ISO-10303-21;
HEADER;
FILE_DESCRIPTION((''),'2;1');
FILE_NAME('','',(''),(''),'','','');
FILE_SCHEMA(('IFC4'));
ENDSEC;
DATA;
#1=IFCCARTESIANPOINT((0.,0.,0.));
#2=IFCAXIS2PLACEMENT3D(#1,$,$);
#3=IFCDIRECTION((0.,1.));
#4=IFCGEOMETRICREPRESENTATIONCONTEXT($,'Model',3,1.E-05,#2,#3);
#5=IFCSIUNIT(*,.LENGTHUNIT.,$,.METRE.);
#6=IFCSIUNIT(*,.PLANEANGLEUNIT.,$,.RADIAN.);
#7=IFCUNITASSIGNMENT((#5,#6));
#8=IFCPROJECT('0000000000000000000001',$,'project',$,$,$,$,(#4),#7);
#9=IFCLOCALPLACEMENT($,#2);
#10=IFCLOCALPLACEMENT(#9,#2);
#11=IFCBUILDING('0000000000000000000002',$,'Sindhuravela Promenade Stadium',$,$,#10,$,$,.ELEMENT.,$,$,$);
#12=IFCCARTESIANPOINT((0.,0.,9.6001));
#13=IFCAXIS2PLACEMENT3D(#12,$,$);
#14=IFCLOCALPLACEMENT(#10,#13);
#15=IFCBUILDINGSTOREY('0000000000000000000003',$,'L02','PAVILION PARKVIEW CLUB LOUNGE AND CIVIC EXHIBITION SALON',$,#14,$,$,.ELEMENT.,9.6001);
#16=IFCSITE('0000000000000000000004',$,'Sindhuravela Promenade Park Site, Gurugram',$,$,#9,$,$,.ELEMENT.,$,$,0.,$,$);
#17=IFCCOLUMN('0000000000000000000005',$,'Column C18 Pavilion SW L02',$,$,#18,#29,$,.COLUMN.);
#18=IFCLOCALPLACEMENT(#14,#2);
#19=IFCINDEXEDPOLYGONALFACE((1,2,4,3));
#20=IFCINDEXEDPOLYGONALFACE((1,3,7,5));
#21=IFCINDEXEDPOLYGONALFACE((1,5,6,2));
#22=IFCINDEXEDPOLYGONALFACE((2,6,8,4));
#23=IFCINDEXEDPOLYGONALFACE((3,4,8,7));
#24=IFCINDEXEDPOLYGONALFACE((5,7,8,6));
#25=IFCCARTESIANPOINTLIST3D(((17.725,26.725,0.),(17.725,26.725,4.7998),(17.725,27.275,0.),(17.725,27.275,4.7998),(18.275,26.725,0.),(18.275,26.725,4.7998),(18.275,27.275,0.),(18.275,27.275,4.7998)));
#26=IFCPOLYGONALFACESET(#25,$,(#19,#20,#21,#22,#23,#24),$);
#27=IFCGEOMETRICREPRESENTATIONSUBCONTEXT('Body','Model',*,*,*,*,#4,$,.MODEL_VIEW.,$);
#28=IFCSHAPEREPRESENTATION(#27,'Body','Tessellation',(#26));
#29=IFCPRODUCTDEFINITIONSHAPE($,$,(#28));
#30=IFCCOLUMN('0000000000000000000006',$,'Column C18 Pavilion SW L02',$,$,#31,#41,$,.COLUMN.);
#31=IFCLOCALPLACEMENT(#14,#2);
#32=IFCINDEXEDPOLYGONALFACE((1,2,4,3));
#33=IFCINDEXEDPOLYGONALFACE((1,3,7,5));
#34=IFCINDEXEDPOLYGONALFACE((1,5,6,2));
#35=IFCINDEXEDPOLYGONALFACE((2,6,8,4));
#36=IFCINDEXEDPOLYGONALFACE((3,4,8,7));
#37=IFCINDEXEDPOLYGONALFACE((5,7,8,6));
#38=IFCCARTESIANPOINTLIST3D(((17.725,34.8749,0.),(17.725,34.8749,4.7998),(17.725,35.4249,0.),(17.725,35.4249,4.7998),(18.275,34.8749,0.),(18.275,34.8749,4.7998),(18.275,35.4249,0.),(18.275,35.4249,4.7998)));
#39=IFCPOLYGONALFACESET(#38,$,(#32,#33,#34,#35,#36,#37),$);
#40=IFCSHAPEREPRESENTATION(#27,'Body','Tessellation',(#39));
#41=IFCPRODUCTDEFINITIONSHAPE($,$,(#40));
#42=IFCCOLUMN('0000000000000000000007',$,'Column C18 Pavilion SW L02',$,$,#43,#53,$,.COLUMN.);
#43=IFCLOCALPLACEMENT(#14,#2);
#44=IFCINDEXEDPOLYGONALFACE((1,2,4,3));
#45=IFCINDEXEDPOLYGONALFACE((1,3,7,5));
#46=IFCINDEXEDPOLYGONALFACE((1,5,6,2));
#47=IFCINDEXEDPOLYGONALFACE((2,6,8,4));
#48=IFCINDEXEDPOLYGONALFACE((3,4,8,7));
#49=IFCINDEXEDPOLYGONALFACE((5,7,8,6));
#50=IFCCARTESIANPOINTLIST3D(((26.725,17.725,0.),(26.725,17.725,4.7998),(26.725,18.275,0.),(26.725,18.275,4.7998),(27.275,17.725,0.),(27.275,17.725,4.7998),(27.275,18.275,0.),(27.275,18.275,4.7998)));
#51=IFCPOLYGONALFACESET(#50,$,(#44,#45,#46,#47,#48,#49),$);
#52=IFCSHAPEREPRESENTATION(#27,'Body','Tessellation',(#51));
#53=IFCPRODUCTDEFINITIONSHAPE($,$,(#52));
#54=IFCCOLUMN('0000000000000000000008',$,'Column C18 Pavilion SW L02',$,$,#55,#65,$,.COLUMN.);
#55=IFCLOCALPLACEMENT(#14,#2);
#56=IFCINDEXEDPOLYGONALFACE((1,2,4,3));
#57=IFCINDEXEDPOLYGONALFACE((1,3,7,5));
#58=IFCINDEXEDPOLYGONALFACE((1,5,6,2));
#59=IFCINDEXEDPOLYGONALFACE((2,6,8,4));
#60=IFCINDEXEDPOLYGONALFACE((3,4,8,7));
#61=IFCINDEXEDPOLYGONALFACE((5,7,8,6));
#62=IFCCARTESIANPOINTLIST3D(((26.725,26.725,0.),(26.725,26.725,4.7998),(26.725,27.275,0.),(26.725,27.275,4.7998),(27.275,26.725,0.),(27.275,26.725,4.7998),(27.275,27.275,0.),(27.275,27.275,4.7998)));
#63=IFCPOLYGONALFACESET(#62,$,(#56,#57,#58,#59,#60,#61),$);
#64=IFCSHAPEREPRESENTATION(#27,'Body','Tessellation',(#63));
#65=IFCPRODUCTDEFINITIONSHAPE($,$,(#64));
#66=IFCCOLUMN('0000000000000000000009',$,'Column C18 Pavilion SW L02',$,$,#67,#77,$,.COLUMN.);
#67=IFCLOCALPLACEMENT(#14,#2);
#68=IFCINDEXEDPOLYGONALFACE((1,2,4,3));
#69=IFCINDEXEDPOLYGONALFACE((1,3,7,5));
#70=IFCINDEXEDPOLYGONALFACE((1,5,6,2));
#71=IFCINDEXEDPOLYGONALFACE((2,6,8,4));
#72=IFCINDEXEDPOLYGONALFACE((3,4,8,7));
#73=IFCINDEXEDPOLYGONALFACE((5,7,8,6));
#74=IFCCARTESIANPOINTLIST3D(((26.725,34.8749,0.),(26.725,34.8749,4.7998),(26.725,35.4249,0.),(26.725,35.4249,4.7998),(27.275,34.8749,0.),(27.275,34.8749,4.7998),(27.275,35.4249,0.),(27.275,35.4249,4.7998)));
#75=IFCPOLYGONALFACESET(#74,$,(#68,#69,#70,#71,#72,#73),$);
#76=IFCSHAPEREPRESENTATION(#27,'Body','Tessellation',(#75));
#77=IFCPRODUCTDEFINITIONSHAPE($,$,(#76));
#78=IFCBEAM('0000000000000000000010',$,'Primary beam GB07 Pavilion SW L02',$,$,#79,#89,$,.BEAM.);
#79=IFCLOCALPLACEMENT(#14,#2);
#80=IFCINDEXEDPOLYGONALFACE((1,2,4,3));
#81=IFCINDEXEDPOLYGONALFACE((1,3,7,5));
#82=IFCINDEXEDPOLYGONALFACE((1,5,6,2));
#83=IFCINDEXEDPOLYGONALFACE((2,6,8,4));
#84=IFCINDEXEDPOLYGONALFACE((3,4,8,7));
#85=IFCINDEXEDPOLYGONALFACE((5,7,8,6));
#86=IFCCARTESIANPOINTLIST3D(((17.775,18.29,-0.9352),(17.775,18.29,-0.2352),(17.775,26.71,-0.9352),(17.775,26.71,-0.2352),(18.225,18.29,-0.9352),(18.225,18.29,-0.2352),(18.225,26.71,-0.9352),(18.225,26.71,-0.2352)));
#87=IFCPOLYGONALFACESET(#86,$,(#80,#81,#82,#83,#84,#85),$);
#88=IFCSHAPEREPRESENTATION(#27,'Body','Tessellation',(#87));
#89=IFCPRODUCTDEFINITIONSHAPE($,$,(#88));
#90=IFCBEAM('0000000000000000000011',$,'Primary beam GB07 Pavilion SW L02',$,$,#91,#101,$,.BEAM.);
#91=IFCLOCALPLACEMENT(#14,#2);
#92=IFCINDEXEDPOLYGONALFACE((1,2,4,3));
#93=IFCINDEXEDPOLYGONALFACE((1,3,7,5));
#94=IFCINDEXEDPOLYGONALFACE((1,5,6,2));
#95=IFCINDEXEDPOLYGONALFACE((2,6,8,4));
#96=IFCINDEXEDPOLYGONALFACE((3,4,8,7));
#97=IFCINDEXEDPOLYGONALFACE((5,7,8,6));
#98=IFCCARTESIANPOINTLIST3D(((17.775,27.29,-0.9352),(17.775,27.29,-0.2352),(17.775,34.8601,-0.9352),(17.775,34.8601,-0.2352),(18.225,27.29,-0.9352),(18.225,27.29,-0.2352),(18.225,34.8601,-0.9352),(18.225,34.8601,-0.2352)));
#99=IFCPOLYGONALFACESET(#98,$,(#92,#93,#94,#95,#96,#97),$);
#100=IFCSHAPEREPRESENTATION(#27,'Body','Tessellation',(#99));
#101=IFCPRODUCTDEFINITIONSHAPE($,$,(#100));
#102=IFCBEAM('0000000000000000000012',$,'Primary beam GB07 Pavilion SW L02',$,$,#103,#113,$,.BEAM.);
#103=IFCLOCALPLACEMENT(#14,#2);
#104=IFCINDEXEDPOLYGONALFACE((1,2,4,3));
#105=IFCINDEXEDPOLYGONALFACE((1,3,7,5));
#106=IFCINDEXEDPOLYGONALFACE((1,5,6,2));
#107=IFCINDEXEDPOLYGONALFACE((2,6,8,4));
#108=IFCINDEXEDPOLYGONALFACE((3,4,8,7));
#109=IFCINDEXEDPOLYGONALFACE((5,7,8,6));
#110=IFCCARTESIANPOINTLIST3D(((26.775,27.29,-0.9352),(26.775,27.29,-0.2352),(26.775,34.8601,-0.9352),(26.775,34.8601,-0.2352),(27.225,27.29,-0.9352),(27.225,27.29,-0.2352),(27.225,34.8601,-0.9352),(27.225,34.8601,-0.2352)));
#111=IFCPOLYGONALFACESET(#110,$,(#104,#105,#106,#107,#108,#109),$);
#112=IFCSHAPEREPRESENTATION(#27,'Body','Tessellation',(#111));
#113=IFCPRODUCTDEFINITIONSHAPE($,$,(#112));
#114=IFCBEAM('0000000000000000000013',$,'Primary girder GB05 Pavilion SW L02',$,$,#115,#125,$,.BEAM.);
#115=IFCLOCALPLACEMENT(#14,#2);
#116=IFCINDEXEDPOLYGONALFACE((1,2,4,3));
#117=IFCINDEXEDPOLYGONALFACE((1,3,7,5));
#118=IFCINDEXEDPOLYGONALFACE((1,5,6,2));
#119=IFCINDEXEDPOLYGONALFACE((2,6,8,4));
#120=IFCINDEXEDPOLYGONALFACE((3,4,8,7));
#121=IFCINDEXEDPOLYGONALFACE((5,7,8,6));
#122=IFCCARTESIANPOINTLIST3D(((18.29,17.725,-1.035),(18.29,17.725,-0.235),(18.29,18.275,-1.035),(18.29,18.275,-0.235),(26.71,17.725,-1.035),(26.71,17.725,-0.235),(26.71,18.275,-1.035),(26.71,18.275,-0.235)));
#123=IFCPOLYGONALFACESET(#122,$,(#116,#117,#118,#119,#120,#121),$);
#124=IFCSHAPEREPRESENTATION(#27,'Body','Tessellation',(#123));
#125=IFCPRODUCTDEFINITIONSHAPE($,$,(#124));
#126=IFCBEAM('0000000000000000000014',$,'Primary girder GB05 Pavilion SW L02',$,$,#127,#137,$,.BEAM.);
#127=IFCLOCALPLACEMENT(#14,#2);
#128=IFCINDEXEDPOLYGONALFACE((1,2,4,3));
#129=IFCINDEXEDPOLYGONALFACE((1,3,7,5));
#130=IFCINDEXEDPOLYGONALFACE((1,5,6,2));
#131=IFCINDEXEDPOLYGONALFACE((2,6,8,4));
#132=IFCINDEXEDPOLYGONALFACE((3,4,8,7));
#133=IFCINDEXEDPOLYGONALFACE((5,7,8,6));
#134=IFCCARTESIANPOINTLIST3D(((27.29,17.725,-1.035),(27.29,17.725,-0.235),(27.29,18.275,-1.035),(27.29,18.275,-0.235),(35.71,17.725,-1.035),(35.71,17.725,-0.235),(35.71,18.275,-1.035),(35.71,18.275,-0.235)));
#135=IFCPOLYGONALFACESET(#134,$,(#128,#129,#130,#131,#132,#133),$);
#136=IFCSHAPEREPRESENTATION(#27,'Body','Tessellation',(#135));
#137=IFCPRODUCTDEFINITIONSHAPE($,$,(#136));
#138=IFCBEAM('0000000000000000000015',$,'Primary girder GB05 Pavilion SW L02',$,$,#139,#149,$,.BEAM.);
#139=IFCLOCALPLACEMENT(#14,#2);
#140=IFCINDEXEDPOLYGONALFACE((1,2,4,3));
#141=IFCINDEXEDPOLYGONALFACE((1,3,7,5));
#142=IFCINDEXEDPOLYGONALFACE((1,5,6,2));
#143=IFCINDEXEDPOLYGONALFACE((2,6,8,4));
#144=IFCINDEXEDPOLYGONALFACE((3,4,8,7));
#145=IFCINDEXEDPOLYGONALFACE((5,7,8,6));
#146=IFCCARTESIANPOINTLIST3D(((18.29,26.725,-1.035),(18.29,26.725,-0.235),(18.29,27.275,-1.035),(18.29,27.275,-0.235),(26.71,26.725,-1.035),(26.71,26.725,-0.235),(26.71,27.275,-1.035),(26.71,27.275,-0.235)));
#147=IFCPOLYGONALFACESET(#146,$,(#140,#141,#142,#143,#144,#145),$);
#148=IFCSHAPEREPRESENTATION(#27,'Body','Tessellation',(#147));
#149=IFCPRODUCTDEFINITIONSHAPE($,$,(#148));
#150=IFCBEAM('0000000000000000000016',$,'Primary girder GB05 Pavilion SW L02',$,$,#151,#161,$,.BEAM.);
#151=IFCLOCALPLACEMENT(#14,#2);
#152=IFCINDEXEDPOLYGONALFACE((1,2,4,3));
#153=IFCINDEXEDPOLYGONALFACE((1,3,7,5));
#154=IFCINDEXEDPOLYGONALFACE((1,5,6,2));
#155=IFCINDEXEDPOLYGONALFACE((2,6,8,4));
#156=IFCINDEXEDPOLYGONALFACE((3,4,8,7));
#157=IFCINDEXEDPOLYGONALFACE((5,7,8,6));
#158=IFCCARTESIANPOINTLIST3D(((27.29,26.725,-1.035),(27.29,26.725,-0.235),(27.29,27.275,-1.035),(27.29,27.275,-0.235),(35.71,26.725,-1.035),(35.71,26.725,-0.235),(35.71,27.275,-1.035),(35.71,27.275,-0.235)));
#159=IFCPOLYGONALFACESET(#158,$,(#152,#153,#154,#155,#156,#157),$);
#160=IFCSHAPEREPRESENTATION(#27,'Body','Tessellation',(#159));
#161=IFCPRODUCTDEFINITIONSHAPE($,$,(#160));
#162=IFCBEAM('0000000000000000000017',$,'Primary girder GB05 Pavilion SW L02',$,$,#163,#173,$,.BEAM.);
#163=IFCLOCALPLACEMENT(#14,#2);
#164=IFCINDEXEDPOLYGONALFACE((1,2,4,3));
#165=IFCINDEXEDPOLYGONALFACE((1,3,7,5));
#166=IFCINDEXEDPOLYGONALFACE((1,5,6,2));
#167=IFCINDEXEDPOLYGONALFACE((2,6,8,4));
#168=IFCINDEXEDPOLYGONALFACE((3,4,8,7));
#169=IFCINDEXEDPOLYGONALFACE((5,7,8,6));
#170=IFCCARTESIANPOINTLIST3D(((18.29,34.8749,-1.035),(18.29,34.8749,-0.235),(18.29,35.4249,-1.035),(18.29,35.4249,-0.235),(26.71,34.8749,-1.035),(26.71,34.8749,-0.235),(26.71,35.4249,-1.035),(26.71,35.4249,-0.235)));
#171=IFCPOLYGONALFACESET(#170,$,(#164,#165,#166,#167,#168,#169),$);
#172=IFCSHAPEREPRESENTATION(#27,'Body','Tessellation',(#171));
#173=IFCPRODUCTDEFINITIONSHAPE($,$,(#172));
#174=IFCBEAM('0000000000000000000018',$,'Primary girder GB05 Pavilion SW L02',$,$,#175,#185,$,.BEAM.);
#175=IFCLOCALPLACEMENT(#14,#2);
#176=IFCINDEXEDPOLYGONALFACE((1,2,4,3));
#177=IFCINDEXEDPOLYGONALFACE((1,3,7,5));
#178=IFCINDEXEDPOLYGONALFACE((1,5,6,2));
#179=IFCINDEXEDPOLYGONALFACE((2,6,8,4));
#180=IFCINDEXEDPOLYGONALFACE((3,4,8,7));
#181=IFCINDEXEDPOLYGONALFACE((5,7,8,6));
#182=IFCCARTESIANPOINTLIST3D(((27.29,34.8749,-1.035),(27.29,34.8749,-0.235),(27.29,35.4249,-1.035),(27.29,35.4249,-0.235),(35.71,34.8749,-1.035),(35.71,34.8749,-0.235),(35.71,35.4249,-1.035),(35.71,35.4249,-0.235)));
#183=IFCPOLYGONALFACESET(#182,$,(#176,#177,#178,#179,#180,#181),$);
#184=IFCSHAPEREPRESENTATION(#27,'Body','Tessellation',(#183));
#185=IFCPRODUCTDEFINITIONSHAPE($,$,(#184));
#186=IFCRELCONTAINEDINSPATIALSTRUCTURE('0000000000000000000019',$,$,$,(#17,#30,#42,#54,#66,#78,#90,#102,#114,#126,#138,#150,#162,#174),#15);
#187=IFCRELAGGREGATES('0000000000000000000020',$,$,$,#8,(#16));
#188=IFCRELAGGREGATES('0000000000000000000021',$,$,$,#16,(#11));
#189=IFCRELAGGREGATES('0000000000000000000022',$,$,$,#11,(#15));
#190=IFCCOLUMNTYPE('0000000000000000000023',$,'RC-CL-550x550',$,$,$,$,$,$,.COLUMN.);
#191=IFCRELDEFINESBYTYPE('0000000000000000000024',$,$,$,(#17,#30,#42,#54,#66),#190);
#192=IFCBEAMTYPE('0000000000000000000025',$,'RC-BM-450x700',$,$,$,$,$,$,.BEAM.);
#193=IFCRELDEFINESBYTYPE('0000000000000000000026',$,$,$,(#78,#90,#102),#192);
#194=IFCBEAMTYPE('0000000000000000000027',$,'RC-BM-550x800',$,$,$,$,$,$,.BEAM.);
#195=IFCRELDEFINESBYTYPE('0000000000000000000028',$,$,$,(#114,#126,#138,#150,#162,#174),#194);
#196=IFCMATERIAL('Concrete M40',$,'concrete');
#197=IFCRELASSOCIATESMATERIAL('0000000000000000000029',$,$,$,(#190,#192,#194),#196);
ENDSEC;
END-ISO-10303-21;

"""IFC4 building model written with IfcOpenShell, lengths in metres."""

from ifc_helpers import new_model, si_unit, direction, frame, origin, origin_2d, place, context, subcontext, project, spatial, rectangle, extrude, material, material_profile, profile_set, type_object, element, save


model = new_model("IFC4")

# Units and contexts
model_context = context("Model", 3, precision=1e-05, world=origin(), true_north=direction((0.0, 1.0)))
body_context = subcontext(model_context, "Body", "Model", "MODEL_VIEW")
ifc_project = project(units=[si_unit("LENGTHUNIT", "METRE"), si_unit("PLANEANGLEUNIT", "RADIAN")], contexts=[model_context])

# Site, building, storey
site_placement = place(None, origin())
site = spatial("IfcSite", under=ifc_project, at=site_placement, Name="Sindhuravela Promenade Park Site, Gurugram", CompositionType="ELEMENT", RefElevation=0.0)
building_placement = place(site_placement, origin())
building = spatial("IfcBuilding", under=site, at=building_placement, Name="Sindhuravela Promenade Stadium", CompositionType="ELEMENT")
storey_placement = place(building_placement, frame((0.0, 0.0, 9.6001)))
storey = spatial("IfcBuildingStorey", under=building, at=storey_placement, Name="L02", Description="PAVILION PARKVIEW CLUB LOUNGE AND CIVIC EXHIBITION SALON", CompositionType="ELEMENT", Elevation=9.6001)

# Columns
ifc_material_1 = material(Name="Concrete M40", Category="concrete")
ifc_material_profile_1 = material_profile(ifc_material_1, rectangle(XDim=0.55, YDim=0.55, at=origin_2d()), Name="RC 550x550")
ifc_profile_set_1 = profile_set([ifc_material_profile_1], Name="Concrete M40")
column_type = type_object("IfcColumnType", Name="RC-CL-550x550", PredefinedType="COLUMN", material=ifc_profile_set_1)
for number, where, z_axis, x_axis, name in (
    (1, (18.0, 27.0, 0.0), (0.0, 0.0, 1.0), (1.0, 0.0, 0.0), "Column C18 Pavilion SW L02"),
    (2, (18.0, 35.1499, 0.0), (0.0, 0.0, 1.0), (1.0, 0.0, 0.0), "Column C18 Pavilion SW L02"),
    (3, (27.0, 18.0, 0.0), (0.0, 0.0, 1.0), (1.0, 0.0, 0.0), "Column C18 Pavilion SW L02"),
    (4, (27.0, 27.0, 0.0), (0.0, 0.0, 1.0), (1.0, 0.0, 0.0), "Column C18 Pavilion SW L02"),
    (5, (27.0, 35.1499, 0.0), (0.0, 0.0, 1.0), (1.0, 0.0, 0.0), "Column C18 Pavilion SW L02"),
):
    element("IfcColumn", number, at=place(storey_placement, frame(where, z_axis=z_axis, x_axis=x_axis)), inside=storey, type_object=column_type, Name=name, PredefinedType="COLUMN", context=body_context, shape_type="SweptSolid", body=[
        extrude(rectangle(XDim=0.55, YDim=0.55, at=origin_2d()), origin(), (0.0, 0.0, 1.0), 4.7998),
    ])

# Beams
ifc_material_profile_2 = material_profile(ifc_material_1, rectangle(XDim=0.45, YDim=0.7, at=origin_2d()), Name="RC 450x700")
ifc_profile_set_2 = profile_set([ifc_material_profile_2], Name="Concrete M40")
beam_type_1 = type_object("IfcBeamType", Name="RC-BM-450x700", PredefinedType="BEAM", material=ifc_profile_set_2)
beam_1_placement = place(storey_placement, frame((18.0, 18.29, -0.5852), z_axis=(0.0, 1.0, 0.0), x_axis=(-1.0, 0.0, 0.0)))
element("IfcBeam", 6, at=beam_1_placement, inside=storey, type_object=beam_type_1, Name="Primary beam GB07 Pavilion SW L02", PredefinedType="BEAM", context=body_context, shape_type="SweptSolid", body=[
    extrude(rectangle(XDim=0.45, YDim=0.7, at=origin_2d()), origin(), (0.0, 0.0, 1.0), 8.4199),
])
for number, where, z_axis, x_axis, name in (
    (7, (18.0, 27.29, -0.5852), (0.0, 1.0, 0.0), (-1.0, 0.0, 0.0), "Primary beam GB07 Pavilion SW L02"),
    (8, (27.0, 27.29, -0.5852), (0.0, 1.0, 0.0), (-1.0, 0.0, 0.0), "Primary beam GB07 Pavilion SW L02"),
):
    element("IfcBeam", number, at=place(storey_placement, frame(where, z_axis=z_axis, x_axis=x_axis)), inside=storey, type_object=beam_type_1, Name=name, PredefinedType="BEAM", context=body_context, shape_type="SweptSolid", body=[
        extrude(rectangle(XDim=0.45, YDim=0.7, at=origin_2d()), origin(), (0.0, 0.0, 1.0), 7.5701),
    ])
ifc_material_profile_3 = material_profile(ifc_material_1, rectangle(XDim=0.55, YDim=0.8, at=origin_2d()), Name="RC 550x800")
ifc_profile_set_3 = profile_set([ifc_material_profile_3], Name="Concrete M40")
beam_type_2 = type_object("IfcBeamType", Name="RC-BM-550x800", PredefinedType="BEAM", material=ifc_profile_set_3)
for number, where, z_axis, x_axis, name in (
    (9, (18.29, 18.0, -0.635), (1.0, 0.0, 0.0), (0.0, 1.0, 0.0), "Primary girder GB05 Pavilion SW L02"),
    (10, (27.29, 18.0, -0.635), (1.0, 0.0, 0.0), (0.0, 1.0, 0.0), "Primary girder GB05 Pavilion SW L02"),
    (11, (18.29, 27.0, -0.635), (1.0, 0.0, 0.0), (0.0, 1.0, 0.0), "Primary girder GB05 Pavilion SW L02"),
    (12, (27.29, 27.0, -0.635), (1.0, 0.0, 0.0), (0.0, 1.0, 0.0), "Primary girder GB05 Pavilion SW L02"),
    (13, (18.29, 35.1499, -0.635), (1.0, 0.0, 0.0), (0.0, 1.0, 0.0), "Primary girder GB05 Pavilion SW L02"),
    (14, (27.29, 35.1499, -0.635), (1.0, 0.0, 0.0), (0.0, 1.0, 0.0), "Primary girder GB05 Pavilion SW L02"),
):
    element("IfcBeam", number, at=place(storey_placement, frame(where, z_axis=z_axis, x_axis=x_axis)), inside=storey, type_object=beam_type_2, Name=name, PredefinedType="BEAM", context=body_context, shape_type="SweptSolid", body=[
        extrude(rectangle(XDim=0.55, YDim=0.8, at=origin_2d()), origin(), (0.0, 0.0, 1.0), 8.4199),
    ])

save(model, "model.ifc")
